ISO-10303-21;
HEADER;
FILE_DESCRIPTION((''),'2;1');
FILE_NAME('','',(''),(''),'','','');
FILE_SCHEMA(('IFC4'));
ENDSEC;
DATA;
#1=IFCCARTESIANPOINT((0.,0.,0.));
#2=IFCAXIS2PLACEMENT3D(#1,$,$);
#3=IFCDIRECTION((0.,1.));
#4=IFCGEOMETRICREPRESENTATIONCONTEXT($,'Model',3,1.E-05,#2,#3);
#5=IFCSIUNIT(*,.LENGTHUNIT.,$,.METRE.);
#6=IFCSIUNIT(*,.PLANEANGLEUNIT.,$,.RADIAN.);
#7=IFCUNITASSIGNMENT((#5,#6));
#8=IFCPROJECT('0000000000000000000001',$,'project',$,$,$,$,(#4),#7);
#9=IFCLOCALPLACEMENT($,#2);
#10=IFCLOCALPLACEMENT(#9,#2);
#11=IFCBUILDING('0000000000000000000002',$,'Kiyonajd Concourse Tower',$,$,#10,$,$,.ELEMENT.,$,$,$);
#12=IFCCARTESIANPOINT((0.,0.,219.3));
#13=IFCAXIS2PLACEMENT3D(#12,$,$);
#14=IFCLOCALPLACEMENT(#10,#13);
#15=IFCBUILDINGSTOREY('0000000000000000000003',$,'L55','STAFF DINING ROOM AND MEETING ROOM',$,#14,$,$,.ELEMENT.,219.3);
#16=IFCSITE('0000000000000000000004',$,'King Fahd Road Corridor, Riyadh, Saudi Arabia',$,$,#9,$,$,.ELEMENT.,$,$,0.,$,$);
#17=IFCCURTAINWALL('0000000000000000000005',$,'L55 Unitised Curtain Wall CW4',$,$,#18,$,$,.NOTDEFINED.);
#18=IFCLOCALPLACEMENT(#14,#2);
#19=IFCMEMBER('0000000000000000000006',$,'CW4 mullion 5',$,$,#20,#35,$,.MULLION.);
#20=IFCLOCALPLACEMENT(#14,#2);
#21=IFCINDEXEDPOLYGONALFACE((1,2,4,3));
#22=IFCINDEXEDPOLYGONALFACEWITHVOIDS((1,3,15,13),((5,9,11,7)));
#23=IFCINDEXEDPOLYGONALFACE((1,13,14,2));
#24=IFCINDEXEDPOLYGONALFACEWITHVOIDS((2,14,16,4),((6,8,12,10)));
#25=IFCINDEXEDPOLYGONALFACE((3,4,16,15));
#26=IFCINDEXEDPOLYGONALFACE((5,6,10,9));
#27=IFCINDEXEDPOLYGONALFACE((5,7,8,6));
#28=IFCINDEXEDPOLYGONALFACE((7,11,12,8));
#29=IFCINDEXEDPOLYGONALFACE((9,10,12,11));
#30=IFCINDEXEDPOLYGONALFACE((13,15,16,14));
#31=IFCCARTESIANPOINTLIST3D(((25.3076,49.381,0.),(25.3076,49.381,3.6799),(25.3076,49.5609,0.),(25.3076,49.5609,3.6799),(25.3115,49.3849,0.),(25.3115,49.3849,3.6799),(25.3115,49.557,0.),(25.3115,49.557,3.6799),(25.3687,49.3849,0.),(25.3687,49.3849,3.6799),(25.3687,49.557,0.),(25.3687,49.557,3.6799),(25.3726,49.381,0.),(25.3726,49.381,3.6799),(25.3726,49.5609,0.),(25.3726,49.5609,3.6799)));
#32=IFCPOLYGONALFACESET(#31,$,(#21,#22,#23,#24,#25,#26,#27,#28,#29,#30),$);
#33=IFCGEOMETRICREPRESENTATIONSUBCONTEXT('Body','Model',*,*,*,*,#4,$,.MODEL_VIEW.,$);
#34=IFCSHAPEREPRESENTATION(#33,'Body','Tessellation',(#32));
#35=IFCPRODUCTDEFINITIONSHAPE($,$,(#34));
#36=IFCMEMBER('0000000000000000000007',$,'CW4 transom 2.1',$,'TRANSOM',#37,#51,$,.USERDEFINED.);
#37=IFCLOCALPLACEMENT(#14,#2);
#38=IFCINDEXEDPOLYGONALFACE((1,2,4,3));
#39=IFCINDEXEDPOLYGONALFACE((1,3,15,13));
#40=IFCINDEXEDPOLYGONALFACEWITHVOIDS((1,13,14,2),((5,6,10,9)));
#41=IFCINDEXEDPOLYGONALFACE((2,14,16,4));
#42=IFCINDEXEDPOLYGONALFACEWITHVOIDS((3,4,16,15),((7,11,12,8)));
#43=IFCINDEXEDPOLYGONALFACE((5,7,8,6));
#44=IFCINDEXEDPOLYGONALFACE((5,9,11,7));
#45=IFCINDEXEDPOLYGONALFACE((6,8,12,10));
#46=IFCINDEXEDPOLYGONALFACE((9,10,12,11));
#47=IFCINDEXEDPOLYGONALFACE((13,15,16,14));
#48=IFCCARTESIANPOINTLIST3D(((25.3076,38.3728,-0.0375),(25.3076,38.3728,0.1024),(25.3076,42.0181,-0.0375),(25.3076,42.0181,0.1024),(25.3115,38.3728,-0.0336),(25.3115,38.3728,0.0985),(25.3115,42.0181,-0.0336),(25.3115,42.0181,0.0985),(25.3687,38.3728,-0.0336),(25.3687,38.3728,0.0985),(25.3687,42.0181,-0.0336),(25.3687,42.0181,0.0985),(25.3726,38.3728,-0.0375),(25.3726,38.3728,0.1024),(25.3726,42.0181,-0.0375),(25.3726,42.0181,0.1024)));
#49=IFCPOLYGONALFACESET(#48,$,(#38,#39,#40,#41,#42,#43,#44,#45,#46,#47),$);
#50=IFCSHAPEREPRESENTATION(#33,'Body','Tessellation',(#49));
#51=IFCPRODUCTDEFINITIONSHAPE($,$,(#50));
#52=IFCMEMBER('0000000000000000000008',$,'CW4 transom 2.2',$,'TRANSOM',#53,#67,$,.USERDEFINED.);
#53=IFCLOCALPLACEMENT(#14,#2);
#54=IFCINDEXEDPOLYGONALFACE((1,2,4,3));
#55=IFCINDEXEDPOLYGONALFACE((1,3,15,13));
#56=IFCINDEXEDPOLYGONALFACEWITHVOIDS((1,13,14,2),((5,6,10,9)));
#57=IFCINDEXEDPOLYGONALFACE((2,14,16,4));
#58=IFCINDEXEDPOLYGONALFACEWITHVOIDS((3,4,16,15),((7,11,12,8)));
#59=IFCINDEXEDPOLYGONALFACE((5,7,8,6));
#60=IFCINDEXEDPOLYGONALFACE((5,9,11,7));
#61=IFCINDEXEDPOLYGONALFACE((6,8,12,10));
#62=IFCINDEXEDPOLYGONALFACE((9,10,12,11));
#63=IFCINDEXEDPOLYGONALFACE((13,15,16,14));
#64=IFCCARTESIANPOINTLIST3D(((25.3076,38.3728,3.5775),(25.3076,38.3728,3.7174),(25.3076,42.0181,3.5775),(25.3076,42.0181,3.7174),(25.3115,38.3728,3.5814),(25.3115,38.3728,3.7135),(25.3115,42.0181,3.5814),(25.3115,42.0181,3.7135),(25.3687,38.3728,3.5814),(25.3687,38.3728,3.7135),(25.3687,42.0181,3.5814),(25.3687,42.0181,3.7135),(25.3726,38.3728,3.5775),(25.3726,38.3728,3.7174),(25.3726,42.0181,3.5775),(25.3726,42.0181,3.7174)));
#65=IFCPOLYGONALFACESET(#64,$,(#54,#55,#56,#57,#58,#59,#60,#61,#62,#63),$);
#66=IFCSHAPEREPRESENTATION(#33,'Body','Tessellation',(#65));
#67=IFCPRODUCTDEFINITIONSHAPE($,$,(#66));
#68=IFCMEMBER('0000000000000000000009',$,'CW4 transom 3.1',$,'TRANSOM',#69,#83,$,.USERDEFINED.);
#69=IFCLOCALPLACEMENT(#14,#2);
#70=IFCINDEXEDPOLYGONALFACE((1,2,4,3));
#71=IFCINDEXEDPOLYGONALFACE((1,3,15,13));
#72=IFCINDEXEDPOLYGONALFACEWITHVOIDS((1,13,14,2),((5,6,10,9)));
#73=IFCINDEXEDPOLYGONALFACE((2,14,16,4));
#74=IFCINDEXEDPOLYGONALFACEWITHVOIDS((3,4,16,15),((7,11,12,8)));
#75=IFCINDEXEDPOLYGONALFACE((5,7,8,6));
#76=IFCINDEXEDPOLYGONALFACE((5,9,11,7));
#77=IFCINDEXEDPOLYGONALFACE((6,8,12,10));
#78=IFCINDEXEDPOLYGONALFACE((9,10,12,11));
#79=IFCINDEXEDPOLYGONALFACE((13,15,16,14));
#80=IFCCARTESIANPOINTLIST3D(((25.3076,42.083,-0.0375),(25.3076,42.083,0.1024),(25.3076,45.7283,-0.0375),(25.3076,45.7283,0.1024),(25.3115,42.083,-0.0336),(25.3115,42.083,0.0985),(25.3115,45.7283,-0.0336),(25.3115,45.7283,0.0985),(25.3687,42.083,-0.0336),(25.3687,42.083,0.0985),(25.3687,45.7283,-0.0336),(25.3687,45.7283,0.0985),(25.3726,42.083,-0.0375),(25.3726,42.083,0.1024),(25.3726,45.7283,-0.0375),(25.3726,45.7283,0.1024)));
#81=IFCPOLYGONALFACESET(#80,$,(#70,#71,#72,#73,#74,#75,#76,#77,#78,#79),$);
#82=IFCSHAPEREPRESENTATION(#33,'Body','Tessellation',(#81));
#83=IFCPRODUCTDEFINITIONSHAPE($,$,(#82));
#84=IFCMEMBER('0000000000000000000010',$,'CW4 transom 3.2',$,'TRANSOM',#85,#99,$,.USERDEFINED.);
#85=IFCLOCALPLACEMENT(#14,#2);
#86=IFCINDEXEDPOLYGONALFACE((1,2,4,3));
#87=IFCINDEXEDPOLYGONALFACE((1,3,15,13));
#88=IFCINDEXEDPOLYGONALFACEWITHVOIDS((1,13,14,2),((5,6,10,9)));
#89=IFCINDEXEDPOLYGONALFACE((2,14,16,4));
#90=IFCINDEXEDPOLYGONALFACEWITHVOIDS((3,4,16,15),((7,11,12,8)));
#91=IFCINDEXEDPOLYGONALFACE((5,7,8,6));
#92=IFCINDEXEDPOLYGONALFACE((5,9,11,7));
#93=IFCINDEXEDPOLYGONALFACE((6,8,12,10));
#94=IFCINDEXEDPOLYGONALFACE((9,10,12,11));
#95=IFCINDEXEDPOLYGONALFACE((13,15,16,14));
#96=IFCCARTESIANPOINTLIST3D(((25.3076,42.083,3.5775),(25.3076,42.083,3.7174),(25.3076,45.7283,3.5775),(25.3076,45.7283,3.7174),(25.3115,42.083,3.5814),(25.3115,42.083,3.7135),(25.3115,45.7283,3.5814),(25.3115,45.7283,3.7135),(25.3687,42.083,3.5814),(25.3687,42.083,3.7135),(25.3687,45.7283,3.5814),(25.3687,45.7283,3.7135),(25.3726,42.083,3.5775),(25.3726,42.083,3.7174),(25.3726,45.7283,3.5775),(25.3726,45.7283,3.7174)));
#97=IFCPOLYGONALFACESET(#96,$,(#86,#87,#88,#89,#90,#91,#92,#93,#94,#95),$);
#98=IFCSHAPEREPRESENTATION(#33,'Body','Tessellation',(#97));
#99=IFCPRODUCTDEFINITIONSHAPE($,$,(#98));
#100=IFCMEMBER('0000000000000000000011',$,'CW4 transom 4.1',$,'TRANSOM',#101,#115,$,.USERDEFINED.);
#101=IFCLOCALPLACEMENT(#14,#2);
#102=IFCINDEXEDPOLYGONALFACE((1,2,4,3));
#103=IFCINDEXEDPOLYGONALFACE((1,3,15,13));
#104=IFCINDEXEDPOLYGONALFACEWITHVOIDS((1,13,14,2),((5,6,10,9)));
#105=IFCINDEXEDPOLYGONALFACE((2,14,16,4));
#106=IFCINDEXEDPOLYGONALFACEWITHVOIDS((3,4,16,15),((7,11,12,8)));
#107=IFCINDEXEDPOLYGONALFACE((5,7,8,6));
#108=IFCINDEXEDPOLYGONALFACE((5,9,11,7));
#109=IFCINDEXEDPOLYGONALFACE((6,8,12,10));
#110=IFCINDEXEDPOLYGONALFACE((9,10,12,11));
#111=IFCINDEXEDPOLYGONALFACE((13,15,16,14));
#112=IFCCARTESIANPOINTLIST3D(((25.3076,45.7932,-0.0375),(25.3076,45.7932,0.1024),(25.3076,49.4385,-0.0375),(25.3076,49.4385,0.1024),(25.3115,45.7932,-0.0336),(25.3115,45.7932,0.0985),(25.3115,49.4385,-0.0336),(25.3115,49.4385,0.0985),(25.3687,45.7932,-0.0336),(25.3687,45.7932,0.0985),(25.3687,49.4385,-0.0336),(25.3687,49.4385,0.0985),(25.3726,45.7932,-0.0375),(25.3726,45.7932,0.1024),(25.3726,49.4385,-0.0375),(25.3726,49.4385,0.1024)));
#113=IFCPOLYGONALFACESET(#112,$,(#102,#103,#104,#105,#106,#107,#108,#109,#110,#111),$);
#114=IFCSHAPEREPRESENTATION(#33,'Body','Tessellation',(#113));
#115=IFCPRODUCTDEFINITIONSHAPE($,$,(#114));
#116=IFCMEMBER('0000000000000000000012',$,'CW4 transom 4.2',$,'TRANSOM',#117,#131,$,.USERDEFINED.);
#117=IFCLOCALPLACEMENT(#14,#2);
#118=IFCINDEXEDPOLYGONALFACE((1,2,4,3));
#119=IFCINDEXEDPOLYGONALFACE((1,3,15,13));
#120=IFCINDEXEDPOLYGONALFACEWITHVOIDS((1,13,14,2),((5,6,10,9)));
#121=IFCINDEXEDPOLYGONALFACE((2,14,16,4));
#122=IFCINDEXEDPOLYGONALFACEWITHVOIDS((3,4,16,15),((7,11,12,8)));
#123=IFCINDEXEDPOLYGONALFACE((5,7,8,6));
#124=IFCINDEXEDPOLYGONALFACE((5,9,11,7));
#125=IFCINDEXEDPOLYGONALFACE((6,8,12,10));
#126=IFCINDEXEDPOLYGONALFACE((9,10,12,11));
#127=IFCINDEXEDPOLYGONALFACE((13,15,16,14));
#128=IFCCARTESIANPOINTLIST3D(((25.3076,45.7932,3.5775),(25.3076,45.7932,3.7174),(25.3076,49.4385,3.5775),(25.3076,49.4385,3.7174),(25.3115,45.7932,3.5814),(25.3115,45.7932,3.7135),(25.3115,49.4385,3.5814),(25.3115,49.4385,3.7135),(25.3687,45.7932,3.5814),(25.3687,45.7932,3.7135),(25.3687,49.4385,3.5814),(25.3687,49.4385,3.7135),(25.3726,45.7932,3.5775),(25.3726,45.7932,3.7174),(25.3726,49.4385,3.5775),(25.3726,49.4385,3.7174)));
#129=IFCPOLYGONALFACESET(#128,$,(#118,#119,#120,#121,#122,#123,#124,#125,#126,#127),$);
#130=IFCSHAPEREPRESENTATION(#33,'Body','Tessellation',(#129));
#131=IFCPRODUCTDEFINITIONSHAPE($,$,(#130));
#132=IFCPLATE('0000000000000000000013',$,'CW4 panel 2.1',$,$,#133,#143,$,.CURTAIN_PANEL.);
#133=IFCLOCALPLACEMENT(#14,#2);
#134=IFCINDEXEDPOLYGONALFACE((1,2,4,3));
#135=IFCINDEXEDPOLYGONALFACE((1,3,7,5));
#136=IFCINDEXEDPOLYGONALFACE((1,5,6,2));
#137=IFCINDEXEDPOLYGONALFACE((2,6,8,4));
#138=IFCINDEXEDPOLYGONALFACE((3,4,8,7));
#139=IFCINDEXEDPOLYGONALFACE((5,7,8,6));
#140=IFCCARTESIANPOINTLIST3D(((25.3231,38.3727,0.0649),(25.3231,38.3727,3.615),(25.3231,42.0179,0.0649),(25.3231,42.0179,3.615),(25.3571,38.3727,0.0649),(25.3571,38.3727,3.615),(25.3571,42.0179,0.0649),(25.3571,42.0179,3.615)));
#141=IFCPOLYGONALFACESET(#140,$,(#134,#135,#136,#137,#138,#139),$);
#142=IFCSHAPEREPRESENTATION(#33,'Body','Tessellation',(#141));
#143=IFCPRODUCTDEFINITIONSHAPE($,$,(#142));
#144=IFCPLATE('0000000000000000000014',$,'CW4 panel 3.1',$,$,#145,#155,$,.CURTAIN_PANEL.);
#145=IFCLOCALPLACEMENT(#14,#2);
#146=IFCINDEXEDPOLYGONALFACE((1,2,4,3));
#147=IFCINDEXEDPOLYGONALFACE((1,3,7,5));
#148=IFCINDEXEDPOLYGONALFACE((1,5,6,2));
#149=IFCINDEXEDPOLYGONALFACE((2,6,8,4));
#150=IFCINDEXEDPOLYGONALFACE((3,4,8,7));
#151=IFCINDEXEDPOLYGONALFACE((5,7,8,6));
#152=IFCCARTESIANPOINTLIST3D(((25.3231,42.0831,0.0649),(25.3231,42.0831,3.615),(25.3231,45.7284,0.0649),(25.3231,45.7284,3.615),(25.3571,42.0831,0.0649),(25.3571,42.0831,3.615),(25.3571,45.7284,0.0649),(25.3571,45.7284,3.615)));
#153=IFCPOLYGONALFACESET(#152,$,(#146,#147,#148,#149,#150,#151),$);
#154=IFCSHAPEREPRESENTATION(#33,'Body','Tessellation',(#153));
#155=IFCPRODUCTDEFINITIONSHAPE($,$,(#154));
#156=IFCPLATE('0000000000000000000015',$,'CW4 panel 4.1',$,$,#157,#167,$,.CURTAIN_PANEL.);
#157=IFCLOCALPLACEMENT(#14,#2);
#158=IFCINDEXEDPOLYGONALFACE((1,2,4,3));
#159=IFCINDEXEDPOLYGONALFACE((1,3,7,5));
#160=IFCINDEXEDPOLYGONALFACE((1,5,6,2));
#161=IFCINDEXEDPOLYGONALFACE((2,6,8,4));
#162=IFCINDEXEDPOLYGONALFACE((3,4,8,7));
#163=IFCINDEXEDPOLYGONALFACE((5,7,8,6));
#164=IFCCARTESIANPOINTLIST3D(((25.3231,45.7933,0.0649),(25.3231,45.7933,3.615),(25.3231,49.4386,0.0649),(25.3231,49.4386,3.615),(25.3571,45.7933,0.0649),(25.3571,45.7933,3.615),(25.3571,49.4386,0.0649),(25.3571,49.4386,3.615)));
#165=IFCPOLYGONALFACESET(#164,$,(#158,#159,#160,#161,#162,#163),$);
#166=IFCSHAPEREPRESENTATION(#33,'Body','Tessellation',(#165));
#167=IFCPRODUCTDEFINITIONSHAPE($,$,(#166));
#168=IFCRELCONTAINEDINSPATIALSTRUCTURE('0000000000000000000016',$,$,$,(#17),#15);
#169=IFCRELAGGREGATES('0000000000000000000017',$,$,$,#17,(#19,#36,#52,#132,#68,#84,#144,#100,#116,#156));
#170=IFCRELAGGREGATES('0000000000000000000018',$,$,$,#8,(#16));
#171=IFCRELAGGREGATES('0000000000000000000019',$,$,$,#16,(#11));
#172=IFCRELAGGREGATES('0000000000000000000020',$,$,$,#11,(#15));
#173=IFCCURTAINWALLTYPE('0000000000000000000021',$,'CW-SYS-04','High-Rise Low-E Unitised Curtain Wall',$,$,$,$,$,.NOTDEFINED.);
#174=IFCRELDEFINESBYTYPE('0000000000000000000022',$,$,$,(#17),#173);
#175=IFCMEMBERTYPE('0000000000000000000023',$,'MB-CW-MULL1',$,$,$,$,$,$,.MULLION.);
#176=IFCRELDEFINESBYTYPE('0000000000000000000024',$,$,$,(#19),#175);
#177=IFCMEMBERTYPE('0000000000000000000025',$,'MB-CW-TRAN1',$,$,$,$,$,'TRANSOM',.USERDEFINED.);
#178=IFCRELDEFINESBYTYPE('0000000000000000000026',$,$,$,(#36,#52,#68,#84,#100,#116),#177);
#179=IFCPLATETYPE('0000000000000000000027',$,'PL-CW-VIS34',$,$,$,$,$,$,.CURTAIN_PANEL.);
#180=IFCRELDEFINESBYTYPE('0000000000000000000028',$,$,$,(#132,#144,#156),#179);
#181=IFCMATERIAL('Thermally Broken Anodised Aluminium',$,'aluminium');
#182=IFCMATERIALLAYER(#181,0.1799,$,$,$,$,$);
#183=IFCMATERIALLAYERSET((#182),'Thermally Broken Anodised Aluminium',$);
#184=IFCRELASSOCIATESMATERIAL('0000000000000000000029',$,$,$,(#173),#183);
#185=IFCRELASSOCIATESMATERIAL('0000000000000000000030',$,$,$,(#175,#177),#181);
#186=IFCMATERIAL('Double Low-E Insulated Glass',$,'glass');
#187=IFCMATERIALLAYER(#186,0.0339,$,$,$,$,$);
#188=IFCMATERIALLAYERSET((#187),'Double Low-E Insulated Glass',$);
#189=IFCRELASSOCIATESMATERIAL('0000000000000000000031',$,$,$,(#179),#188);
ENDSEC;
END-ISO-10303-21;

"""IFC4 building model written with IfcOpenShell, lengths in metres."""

from ifc_helpers import new_model, si_unit, direction, frame, origin, origin_2d, place, context, subcontext, project, spatial, rectangle, hollow_rectangle, extrude, material, layer, layer_set, material_profile, profile_set, type_object, element, aggregate, save


model = new_model("IFC4")

# Units and contexts
model_context = context("Model", 3, precision=1e-05, world=origin(), true_north=direction((0.0, 1.0)))
body_context = subcontext(model_context, "Body", "Model", "MODEL_VIEW")
ifc_project = project(units=[si_unit("LENGTHUNIT", "METRE"), si_unit("PLANEANGLEUNIT", "RADIAN")], contexts=[model_context])

# Site, building, storey
site_placement = place(None, origin())
site = spatial("IfcSite", under=ifc_project, at=site_placement, Name="King Fahd Road Corridor, Riyadh, Saudi Arabia", CompositionType="ELEMENT", RefElevation=0.0)
building_placement = place(site_placement, origin())
building = spatial("IfcBuilding", under=site, at=building_placement, Name="Kiyonajd Concourse Tower", CompositionType="ELEMENT")
storey_placement = place(building_placement, frame((0.0, 0.0, 219.3)))
storey = spatial("IfcBuildingStorey", under=building, at=storey_placement, Name="L55", Description="STAFF DINING ROOM AND MEETING ROOM", CompositionType="ELEMENT", Elevation=219.3)

# Curtain wall, members, plates
ifc_material_1 = material(Name="Thermally Broken Anodised Aluminium", Category="aluminium")
ifc_layer_1 = layer(ifc_material_1, 0.1799)
ifc_layer_set_1 = layer_set([ifc_layer_1], Name="Thermally Broken Anodised Aluminium")
curtain_wall_type = type_object("IfcCurtainWallType", Name="CW-SYS-04", Description="High-Rise Low-E Unitised Curtain Wall", PredefinedType="NOTDEFINED", material=ifc_layer_set_1)
curtain_wall_placement = place(storey_placement, origin())
curtain_wall = element("IfcCurtainWall", 1, at=curtain_wall_placement, inside=storey, type_object=curtain_wall_type, Name="L55 Unitised Curtain Wall CW4", PredefinedType="NOTDEFINED")
ifc_material_profile_1 = material_profile(ifc_material_1, hollow_rectangle(XDim=0.0649, YDim=0.1799, WallThickness=0.0039, at=origin_2d()), Name="MULL-65x180")
ifc_profile_set_1 = profile_set([ifc_material_profile_1], Name="Thermally Broken Anodised Aluminium")
member_type_1 = type_object("IfcMemberType", Name="MB-CW-MULL1", PredefinedType="MULLION", material=ifc_profile_set_1)
member_1_placement = place(storey_placement, frame((25.3401, 49.4709, 0.0), z_axis=(0.0, 0.0, 1.0), x_axis=(-1.0, 0.0, 0.0)))
member_1 = element("IfcMember", 2, at=member_1_placement, type_object=member_type_1, Name="CW4 mullion 5", PredefinedType="MULLION", context=body_context, shape_type="SweptSolid", body=[
    extrude(hollow_rectangle(XDim=0.0649, YDim=0.1799, WallThickness=0.0039, at=origin_2d()), origin(), (0.0, 0.0, 1.0), 3.6799),
])
ifc_material_profile_2 = material_profile(ifc_material_1, hollow_rectangle(XDim=0.0649, YDim=0.1399, WallThickness=0.0039, at=origin_2d()), Name="TRAN-65x140")
ifc_profile_set_2 = profile_set([ifc_material_profile_2], Name="Thermally Broken Anodised Aluminium")
member_type_2 = type_object("IfcMemberType", Name="MB-CW-TRAN1", ElementType="TRANSOM", PredefinedType="USERDEFINED", material=ifc_profile_set_2)
member_2_placement = place(storey_placement, frame((25.3401, 38.3728, 0.0325), z_axis=(0.0, 1.0, 0.0), x_axis=(-1.0, 0.0, 0.0)))
member_2 = element("IfcMember", 3, at=member_2_placement, type_object=member_type_2, Name="CW4 transom 2.1", ObjectType="TRANSOM", PredefinedType="USERDEFINED", context=body_context, shape_type="SweptSolid", body=[
    extrude(hollow_rectangle(XDim=0.0649, YDim=0.1399, WallThickness=0.0039, at=origin_2d()), origin(), (0.0, 0.0, 1.0), 3.6453),
])
member_3_placement = place(storey_placement, frame((25.3401, 38.3728, 3.6475), z_axis=(0.0, 1.0, 0.0), x_axis=(-1.0, 0.0, 0.0)))
member_3 = element("IfcMember", 4, at=member_3_placement, type_object=member_type_2, Name="CW4 transom 2.2", ObjectType="TRANSOM", PredefinedType="USERDEFINED", context=body_context, shape_type="SweptSolid", body=[
    extrude(hollow_rectangle(XDim=0.0649, YDim=0.1399, WallThickness=0.0039, at=origin_2d()), origin(), (0.0, 0.0, 1.0), 3.6453),
])
member_4_placement = place(storey_placement, frame((25.3401, 42.083, 0.0325), z_axis=(0.0, 1.0, 0.0), x_axis=(-1.0, 0.0, 0.0)))
member_4 = element("IfcMember", 5, at=member_4_placement, type_object=member_type_2, Name="CW4 transom 3.1", ObjectType="TRANSOM", PredefinedType="USERDEFINED", context=body_context, shape_type="SweptSolid", body=[
    extrude(hollow_rectangle(XDim=0.0649, YDim=0.1399, WallThickness=0.0039, at=origin_2d()), origin(), (0.0, 0.0, 1.0), 3.6453),
])
member_5_placement = place(storey_placement, frame((25.3401, 42.083, 3.6475), z_axis=(0.0, 1.0, 0.0), x_axis=(-1.0, 0.0, 0.0)))
member_5 = element("IfcMember", 6, at=member_5_placement, type_object=member_type_2, Name="CW4 transom 3.2", ObjectType="TRANSOM", PredefinedType="USERDEFINED", context=body_context, shape_type="SweptSolid", body=[
    extrude(hollow_rectangle(XDim=0.0649, YDim=0.1399, WallThickness=0.0039, at=origin_2d()), origin(), (0.0, 0.0, 1.0), 3.6453),
])
member_6_placement = place(storey_placement, frame((25.3401, 45.7932, 0.0325), z_axis=(0.0, 1.0, 0.0), x_axis=(-1.0, 0.0, 0.0)))
member_6 = element("IfcMember", 7, at=member_6_placement, type_object=member_type_2, Name="CW4 transom 4.1", ObjectType="TRANSOM", PredefinedType="USERDEFINED", context=body_context, shape_type="SweptSolid", body=[
    extrude(hollow_rectangle(XDim=0.0649, YDim=0.1399, WallThickness=0.0039, at=origin_2d()), origin(), (0.0, 0.0, 1.0), 3.6453),
])
member_7_placement = place(storey_placement, frame((25.3401, 45.7932, 3.6475), z_axis=(0.0, 1.0, 0.0), x_axis=(-1.0, 0.0, 0.0)))
member_7 = element("IfcMember", 8, at=member_7_placement, type_object=member_type_2, Name="CW4 transom 4.2", ObjectType="TRANSOM", PredefinedType="USERDEFINED", context=body_context, shape_type="SweptSolid", body=[
    extrude(hollow_rectangle(XDim=0.0649, YDim=0.1399, WallThickness=0.0039, at=origin_2d()), origin(), (0.0, 0.0, 1.0), 3.6453),
])
ifc_material_2 = material(Name="Double Low-E Insulated Glass", Category="glass")
ifc_layer_2 = layer(ifc_material_2, 0.0339)
ifc_layer_set_2 = layer_set([ifc_layer_2], Name="Double Low-E Insulated Glass")
plate_type = type_object("IfcPlateType", Name="PL-CW-VIS34", PredefinedType="CURTAIN_PANEL", material=ifc_layer_set_2)
plate_1_placement = place(storey_placement, frame((25.3401, 40.1953, 0.0649), z_axis=(0.0, 0.0, 1.0), x_axis=(0.0, 1.0, 0.0)))
plate_1 = element("IfcPlate", 9, at=plate_1_placement, type_object=plate_type, Name="CW4 panel 2.1", PredefinedType="CURTAIN_PANEL", context=body_context, shape_type="SweptSolid", body=[
    extrude(rectangle(XDim=3.6453, YDim=0.0339, at=origin_2d()), origin(), (0.0, 0.0, 1.0), 3.55),
])
plate_2_placement = place(storey_placement, frame((25.3401, 43.9058, 0.0649), z_axis=(0.0, 0.0, 1.0), x_axis=(0.0, 1.0, 0.0)))
plate_2 = element("IfcPlate", 10, at=plate_2_placement, type_object=plate_type, Name="CW4 panel 3.1", PredefinedType="CURTAIN_PANEL", context=body_context, shape_type="SweptSolid", body=[
    extrude(rectangle(XDim=3.6453, YDim=0.0339, at=origin_2d()), origin(), (0.0, 0.0, 1.0), 3.55),
])
plate_3_placement = place(storey_placement, frame((25.3401, 47.616, 0.0649), z_axis=(0.0, 0.0, 1.0), x_axis=(0.0, 1.0, 0.0)))
plate_3 = element("IfcPlate", 11, at=plate_3_placement, type_object=plate_type, Name="CW4 panel 4.1", PredefinedType="CURTAIN_PANEL", context=body_context, shape_type="SweptSolid", body=[
    extrude(rectangle(XDim=3.6453, YDim=0.0339, at=origin_2d()), origin(), (0.0, 0.0, 1.0), 3.55),
])
aggregate(curtain_wall, [member_1, member_2, member_3, plate_1, member_4, member_5, plate_2, member_6, member_7, plate_3])

save(model, "model.ifc")
